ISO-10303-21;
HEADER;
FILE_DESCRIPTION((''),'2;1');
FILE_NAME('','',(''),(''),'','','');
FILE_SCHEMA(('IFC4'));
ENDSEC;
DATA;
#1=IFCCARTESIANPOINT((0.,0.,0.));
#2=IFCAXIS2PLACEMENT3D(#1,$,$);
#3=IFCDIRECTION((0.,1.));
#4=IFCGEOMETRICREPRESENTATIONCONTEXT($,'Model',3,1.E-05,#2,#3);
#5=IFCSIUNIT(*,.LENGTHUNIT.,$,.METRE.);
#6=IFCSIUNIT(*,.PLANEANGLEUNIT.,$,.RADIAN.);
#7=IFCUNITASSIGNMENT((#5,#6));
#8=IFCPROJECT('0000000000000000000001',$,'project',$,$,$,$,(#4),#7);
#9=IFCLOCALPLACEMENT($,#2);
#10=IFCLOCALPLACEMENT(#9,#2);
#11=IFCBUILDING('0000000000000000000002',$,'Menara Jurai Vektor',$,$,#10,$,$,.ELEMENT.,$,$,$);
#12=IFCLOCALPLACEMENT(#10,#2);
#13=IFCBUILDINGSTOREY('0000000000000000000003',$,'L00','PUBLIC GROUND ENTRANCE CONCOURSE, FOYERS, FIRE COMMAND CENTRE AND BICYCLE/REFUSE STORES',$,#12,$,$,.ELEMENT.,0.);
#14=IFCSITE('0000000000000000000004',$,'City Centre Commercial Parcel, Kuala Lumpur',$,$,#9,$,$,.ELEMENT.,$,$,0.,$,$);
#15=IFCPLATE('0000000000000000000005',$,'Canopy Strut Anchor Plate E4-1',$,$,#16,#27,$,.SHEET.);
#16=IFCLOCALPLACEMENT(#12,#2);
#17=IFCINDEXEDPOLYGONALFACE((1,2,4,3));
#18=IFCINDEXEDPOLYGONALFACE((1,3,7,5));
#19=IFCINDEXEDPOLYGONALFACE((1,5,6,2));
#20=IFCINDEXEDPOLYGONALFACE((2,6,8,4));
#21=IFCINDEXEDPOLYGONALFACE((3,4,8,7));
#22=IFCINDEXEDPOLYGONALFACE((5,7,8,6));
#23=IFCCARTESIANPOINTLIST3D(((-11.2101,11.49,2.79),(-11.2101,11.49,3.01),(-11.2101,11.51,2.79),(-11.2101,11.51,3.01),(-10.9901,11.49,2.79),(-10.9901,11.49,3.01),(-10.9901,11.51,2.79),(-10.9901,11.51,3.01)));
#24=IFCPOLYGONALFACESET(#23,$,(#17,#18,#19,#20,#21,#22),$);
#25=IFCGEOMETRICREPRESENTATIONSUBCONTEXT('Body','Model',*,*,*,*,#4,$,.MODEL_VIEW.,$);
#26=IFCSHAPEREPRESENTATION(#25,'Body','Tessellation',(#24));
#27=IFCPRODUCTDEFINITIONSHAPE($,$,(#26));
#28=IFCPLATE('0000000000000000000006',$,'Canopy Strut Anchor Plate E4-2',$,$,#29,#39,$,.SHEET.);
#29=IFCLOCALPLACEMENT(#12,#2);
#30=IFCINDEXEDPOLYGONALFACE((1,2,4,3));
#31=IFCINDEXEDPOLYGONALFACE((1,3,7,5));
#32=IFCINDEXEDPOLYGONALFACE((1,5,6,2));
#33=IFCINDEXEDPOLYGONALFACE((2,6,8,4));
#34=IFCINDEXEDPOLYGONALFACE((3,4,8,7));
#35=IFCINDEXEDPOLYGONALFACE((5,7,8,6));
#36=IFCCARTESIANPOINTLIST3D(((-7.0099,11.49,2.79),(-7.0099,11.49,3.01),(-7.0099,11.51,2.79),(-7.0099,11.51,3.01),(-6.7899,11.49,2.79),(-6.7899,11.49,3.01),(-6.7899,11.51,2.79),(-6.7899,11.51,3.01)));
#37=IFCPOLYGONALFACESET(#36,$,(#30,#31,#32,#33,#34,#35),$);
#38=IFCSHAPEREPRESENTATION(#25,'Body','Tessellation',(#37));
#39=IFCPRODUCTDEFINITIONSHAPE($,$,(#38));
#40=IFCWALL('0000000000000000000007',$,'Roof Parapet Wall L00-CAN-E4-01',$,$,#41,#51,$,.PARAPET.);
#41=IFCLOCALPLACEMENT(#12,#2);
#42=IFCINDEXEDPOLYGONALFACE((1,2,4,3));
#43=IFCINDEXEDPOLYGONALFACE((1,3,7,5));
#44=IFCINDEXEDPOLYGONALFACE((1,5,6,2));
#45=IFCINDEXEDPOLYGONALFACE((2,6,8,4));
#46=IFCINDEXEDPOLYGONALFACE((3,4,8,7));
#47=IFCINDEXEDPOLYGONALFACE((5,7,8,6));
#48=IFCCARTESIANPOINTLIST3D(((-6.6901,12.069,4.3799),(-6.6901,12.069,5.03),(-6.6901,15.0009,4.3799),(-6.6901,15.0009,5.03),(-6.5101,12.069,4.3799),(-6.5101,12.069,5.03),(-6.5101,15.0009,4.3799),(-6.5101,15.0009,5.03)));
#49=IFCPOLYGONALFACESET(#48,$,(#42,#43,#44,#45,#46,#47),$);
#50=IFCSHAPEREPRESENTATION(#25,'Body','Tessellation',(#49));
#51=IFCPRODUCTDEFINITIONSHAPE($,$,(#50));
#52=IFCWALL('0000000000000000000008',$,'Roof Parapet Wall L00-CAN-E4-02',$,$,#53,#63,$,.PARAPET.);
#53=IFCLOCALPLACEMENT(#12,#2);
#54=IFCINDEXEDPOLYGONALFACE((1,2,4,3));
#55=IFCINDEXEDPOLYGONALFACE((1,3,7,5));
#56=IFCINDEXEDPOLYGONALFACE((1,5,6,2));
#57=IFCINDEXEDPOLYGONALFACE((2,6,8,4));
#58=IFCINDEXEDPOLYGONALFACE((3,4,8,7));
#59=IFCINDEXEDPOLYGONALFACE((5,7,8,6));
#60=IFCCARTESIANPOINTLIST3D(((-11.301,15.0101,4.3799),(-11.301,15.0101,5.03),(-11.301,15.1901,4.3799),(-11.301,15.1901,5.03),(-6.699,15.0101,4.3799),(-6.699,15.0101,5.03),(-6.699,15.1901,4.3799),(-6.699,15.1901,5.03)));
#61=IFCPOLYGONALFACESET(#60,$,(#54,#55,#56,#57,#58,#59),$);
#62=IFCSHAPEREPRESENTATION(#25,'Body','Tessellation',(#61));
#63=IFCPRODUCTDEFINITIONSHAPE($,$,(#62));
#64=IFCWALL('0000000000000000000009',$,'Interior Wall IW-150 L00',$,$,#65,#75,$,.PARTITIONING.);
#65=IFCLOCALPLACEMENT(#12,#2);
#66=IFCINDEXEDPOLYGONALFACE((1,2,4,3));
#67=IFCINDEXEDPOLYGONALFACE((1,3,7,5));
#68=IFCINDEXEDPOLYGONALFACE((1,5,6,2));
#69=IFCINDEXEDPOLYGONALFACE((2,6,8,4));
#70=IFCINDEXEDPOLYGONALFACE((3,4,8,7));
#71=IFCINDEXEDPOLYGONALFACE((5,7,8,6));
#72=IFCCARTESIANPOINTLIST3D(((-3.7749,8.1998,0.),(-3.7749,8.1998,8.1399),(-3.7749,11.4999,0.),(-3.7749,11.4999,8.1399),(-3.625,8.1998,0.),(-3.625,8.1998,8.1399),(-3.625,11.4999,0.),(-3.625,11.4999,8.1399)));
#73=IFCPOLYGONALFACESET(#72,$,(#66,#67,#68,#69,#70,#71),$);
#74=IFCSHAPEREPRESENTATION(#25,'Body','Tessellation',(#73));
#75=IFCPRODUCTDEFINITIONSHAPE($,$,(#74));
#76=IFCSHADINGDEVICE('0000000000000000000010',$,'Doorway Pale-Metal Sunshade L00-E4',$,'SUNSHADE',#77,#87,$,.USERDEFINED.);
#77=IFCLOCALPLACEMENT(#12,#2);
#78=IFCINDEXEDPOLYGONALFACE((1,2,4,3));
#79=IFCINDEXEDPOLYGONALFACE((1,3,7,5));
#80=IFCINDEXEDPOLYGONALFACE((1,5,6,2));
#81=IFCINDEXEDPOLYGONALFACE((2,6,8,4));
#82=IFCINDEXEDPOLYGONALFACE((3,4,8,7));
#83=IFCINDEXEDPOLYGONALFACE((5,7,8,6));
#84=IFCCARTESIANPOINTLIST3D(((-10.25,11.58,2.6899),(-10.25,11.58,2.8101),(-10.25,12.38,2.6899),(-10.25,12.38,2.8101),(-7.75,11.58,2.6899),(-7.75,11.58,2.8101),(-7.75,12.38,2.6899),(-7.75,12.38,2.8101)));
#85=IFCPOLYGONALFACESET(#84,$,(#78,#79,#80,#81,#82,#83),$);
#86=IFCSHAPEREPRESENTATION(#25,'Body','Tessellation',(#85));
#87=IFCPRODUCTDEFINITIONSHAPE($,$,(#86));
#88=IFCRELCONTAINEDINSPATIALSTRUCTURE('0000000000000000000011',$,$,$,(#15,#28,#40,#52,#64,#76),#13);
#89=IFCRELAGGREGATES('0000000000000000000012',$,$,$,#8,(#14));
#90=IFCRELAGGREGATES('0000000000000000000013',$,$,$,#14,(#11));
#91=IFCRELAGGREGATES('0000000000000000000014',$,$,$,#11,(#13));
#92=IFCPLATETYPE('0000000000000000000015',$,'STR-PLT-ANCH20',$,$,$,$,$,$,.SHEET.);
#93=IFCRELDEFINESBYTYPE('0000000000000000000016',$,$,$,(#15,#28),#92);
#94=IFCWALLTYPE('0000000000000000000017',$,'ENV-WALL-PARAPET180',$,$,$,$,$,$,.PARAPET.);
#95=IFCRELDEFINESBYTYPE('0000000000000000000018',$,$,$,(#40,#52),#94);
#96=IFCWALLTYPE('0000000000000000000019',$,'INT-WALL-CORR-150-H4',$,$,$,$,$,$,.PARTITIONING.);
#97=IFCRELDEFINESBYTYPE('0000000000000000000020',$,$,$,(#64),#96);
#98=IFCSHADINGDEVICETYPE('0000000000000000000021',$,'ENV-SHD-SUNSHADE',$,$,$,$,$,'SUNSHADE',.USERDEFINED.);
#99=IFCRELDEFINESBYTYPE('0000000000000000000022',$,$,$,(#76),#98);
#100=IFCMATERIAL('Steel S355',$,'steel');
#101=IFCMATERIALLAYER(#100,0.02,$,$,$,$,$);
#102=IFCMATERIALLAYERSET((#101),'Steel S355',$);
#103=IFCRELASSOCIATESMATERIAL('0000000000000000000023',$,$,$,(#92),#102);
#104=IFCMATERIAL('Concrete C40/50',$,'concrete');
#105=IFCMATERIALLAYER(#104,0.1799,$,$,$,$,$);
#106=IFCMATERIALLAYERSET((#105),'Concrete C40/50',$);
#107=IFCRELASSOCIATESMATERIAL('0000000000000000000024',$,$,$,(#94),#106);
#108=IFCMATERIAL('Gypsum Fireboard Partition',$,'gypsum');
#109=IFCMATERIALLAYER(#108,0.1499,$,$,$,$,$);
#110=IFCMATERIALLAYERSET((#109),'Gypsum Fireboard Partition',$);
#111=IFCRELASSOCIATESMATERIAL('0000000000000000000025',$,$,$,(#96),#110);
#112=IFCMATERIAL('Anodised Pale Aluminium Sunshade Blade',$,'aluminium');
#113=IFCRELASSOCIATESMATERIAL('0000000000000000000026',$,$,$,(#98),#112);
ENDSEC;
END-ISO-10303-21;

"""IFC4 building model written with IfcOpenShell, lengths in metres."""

from ifc_helpers import new_model, si_unit, direction, frame, frame_2d, origin, origin_2d, place, context, subcontext, project, spatial, rectangle, extrude, material, layer, layer_set, type_object, element, save


model = new_model("IFC4")

# Units and contexts
model_context = context("Model", 3, precision=1e-05, world=origin(), true_north=direction((0.0, 1.0)))
body_context = subcontext(model_context, "Body", "Model", "MODEL_VIEW")
ifc_project = project(units=[si_unit("LENGTHUNIT", "METRE"), si_unit("PLANEANGLEUNIT", "RADIAN")], contexts=[model_context])

# Site, building, storey
site_placement = place(None, origin())
site = spatial("IfcSite", under=ifc_project, at=site_placement, Name="City Centre Commercial Parcel, Kuala Lumpur", CompositionType="ELEMENT", RefElevation=0.0)
building_placement = place(site_placement, origin())
building = spatial("IfcBuilding", under=site, at=building_placement, Name="Menara Jurai Vektor", CompositionType="ELEMENT")
storey_placement = place(building_placement, origin())
storey = spatial("IfcBuildingStorey", under=building, at=storey_placement, Name="L00", Description="PUBLIC GROUND ENTRANCE CONCOURSE, FOYERS, FIRE COMMAND CENTRE AND BICYCLE/REFUSE STORES", CompositionType="ELEMENT", Elevation=0.0)

# Shared definitions
ifc_material_1 = material(Name="Steel S355", Category="steel")

# Plates
ifc_layer_1 = layer(ifc_material_1, 0.02)
ifc_layer_set_1 = layer_set([ifc_layer_1], Name="Steel S355")
plate_type_1 = type_object("IfcPlateType", Name="STR-PLT-ANCH20", PredefinedType="SHEET", material=ifc_layer_set_1)
for number, where, z_axis, x_axis, name in (
    (1, (-11.1001, 11.5, 2.79), (0.0, 0.0, 1.0), (1.0, 0.0, 0.0), "Canopy Strut Anchor Plate E4-1"),
    (2, (-6.8999, 11.5, 2.79), (0.0, 0.0, 1.0), (1.0, 0.0, 0.0), "Canopy Strut Anchor Plate E4-2"),
):
    element("IfcPlate", number, at=place(storey_placement, frame(where, z_axis=z_axis, x_axis=x_axis)), inside=storey, type_object=plate_type_1, Name=name, PredefinedType="SHEET", context=body_context, shape_type="SweptSolid", body=[
        extrude(rectangle(XDim=0.22, YDim=0.02, at=origin_2d()), origin(), (0.0, 0.0, 1.0), 0.22),
    ])

# Walls
ifc_material_2 = material(Name="Concrete C40/50", Category="concrete")
ifc_layer_2 = layer(ifc_material_2, 0.1799)
ifc_layer_set_2 = layer_set([ifc_layer_2], Name="Concrete C40/50")
wall_type_1 = type_object("IfcWallType", Name="ENV-WALL-PARAPET180", PredefinedType="PARAPET", material=ifc_layer_set_2)
wall_1_placement = place(storey_placement, frame((-6.6001, 12.0691, 4.3799), z_axis=(0.0, 0.0, 1.0), x_axis=(0.0, 1.0, 0.0)))
element("IfcWall", 3, at=wall_1_placement, inside=storey, type_object=wall_type_1, Name="Roof Parapet Wall L00-CAN-E4-01", PredefinedType="PARAPET", context=body_context, shape_type="SweptSolid", body=[
    extrude(rectangle(XDim=2.9319, YDim=0.1799, at=frame_2d((1.4658, 0.0))), origin(), (0.0, 0.0, 1.0), 0.6501),
])
wall_2_placement = place(storey_placement, frame((-6.699, 15.1001, 4.3799), z_axis=(0.0, 0.0, 1.0), x_axis=(-1.0, 0.0, 0.0)))
element("IfcWall", 4, at=wall_2_placement, inside=storey, type_object=wall_type_1, Name="Roof Parapet Wall L00-CAN-E4-02", PredefinedType="PARAPET", context=body_context, shape_type="SweptSolid", body=[
    extrude(rectangle(XDim=4.6021, YDim=0.1799, at=frame_2d((2.301, 0.0))), origin(), (0.0, 0.0, 1.0), 0.6501),
])
ifc_material_3 = material(Name="Gypsum Fireboard Partition", Category="gypsum")
ifc_layer_3 = layer(ifc_material_3, 0.1499)
ifc_layer_set_3 = layer_set([ifc_layer_3], Name="Gypsum Fireboard Partition")
wall_type_2 = type_object("IfcWallType", Name="INT-WALL-CORR-150-H4", PredefinedType="PARTITIONING", material=ifc_layer_set_3)
wall_3_placement = place(storey_placement, frame((-3.7, 8.2, 0.0), z_axis=(0.0, 0.0, 1.0), x_axis=(0.0, 1.0, 0.0)))
element("IfcWall", 5, at=wall_3_placement, inside=storey, type_object=wall_type_2, Name="Interior Wall IW-150 L00", PredefinedType="PARTITIONING", context=body_context, shape_type="SweptSolid", body=[
    extrude(rectangle(XDim=3.3, YDim=0.1499, at=frame_2d((1.6499, 0.0))), origin(), (0.0, 0.0, 1.0), 8.1399),
])

# Shading device
ifc_material_4 = material(Name="Anodised Pale Aluminium Sunshade Blade", Category="aluminium")
shading_device_type = type_object("IfcShadingDeviceType", Name="ENV-SHD-SUNSHADE", ElementType="SUNSHADE", PredefinedType="USERDEFINED", material=ifc_material_4)
shading_device_placement = place(storey_placement, frame((-9.0, 11.98, 2.6899), z_axis=(0.0, 0.0, 1.0), x_axis=(1.0, 0.0, 0.0)))
element("IfcShadingDevice", 6, at=shading_device_placement, inside=storey, type_object=shading_device_type, Name="Doorway Pale-Metal Sunshade L00-E4", ObjectType="SUNSHADE", PredefinedType="USERDEFINED", context=body_context, shape_type="SweptSolid", body=[
    extrude(rectangle(XDim=2.5, YDim=0.8, at=origin_2d()), origin(), (0.0, 0.0, 1.0), 0.1201),
])

save(model, "model.ifc")
